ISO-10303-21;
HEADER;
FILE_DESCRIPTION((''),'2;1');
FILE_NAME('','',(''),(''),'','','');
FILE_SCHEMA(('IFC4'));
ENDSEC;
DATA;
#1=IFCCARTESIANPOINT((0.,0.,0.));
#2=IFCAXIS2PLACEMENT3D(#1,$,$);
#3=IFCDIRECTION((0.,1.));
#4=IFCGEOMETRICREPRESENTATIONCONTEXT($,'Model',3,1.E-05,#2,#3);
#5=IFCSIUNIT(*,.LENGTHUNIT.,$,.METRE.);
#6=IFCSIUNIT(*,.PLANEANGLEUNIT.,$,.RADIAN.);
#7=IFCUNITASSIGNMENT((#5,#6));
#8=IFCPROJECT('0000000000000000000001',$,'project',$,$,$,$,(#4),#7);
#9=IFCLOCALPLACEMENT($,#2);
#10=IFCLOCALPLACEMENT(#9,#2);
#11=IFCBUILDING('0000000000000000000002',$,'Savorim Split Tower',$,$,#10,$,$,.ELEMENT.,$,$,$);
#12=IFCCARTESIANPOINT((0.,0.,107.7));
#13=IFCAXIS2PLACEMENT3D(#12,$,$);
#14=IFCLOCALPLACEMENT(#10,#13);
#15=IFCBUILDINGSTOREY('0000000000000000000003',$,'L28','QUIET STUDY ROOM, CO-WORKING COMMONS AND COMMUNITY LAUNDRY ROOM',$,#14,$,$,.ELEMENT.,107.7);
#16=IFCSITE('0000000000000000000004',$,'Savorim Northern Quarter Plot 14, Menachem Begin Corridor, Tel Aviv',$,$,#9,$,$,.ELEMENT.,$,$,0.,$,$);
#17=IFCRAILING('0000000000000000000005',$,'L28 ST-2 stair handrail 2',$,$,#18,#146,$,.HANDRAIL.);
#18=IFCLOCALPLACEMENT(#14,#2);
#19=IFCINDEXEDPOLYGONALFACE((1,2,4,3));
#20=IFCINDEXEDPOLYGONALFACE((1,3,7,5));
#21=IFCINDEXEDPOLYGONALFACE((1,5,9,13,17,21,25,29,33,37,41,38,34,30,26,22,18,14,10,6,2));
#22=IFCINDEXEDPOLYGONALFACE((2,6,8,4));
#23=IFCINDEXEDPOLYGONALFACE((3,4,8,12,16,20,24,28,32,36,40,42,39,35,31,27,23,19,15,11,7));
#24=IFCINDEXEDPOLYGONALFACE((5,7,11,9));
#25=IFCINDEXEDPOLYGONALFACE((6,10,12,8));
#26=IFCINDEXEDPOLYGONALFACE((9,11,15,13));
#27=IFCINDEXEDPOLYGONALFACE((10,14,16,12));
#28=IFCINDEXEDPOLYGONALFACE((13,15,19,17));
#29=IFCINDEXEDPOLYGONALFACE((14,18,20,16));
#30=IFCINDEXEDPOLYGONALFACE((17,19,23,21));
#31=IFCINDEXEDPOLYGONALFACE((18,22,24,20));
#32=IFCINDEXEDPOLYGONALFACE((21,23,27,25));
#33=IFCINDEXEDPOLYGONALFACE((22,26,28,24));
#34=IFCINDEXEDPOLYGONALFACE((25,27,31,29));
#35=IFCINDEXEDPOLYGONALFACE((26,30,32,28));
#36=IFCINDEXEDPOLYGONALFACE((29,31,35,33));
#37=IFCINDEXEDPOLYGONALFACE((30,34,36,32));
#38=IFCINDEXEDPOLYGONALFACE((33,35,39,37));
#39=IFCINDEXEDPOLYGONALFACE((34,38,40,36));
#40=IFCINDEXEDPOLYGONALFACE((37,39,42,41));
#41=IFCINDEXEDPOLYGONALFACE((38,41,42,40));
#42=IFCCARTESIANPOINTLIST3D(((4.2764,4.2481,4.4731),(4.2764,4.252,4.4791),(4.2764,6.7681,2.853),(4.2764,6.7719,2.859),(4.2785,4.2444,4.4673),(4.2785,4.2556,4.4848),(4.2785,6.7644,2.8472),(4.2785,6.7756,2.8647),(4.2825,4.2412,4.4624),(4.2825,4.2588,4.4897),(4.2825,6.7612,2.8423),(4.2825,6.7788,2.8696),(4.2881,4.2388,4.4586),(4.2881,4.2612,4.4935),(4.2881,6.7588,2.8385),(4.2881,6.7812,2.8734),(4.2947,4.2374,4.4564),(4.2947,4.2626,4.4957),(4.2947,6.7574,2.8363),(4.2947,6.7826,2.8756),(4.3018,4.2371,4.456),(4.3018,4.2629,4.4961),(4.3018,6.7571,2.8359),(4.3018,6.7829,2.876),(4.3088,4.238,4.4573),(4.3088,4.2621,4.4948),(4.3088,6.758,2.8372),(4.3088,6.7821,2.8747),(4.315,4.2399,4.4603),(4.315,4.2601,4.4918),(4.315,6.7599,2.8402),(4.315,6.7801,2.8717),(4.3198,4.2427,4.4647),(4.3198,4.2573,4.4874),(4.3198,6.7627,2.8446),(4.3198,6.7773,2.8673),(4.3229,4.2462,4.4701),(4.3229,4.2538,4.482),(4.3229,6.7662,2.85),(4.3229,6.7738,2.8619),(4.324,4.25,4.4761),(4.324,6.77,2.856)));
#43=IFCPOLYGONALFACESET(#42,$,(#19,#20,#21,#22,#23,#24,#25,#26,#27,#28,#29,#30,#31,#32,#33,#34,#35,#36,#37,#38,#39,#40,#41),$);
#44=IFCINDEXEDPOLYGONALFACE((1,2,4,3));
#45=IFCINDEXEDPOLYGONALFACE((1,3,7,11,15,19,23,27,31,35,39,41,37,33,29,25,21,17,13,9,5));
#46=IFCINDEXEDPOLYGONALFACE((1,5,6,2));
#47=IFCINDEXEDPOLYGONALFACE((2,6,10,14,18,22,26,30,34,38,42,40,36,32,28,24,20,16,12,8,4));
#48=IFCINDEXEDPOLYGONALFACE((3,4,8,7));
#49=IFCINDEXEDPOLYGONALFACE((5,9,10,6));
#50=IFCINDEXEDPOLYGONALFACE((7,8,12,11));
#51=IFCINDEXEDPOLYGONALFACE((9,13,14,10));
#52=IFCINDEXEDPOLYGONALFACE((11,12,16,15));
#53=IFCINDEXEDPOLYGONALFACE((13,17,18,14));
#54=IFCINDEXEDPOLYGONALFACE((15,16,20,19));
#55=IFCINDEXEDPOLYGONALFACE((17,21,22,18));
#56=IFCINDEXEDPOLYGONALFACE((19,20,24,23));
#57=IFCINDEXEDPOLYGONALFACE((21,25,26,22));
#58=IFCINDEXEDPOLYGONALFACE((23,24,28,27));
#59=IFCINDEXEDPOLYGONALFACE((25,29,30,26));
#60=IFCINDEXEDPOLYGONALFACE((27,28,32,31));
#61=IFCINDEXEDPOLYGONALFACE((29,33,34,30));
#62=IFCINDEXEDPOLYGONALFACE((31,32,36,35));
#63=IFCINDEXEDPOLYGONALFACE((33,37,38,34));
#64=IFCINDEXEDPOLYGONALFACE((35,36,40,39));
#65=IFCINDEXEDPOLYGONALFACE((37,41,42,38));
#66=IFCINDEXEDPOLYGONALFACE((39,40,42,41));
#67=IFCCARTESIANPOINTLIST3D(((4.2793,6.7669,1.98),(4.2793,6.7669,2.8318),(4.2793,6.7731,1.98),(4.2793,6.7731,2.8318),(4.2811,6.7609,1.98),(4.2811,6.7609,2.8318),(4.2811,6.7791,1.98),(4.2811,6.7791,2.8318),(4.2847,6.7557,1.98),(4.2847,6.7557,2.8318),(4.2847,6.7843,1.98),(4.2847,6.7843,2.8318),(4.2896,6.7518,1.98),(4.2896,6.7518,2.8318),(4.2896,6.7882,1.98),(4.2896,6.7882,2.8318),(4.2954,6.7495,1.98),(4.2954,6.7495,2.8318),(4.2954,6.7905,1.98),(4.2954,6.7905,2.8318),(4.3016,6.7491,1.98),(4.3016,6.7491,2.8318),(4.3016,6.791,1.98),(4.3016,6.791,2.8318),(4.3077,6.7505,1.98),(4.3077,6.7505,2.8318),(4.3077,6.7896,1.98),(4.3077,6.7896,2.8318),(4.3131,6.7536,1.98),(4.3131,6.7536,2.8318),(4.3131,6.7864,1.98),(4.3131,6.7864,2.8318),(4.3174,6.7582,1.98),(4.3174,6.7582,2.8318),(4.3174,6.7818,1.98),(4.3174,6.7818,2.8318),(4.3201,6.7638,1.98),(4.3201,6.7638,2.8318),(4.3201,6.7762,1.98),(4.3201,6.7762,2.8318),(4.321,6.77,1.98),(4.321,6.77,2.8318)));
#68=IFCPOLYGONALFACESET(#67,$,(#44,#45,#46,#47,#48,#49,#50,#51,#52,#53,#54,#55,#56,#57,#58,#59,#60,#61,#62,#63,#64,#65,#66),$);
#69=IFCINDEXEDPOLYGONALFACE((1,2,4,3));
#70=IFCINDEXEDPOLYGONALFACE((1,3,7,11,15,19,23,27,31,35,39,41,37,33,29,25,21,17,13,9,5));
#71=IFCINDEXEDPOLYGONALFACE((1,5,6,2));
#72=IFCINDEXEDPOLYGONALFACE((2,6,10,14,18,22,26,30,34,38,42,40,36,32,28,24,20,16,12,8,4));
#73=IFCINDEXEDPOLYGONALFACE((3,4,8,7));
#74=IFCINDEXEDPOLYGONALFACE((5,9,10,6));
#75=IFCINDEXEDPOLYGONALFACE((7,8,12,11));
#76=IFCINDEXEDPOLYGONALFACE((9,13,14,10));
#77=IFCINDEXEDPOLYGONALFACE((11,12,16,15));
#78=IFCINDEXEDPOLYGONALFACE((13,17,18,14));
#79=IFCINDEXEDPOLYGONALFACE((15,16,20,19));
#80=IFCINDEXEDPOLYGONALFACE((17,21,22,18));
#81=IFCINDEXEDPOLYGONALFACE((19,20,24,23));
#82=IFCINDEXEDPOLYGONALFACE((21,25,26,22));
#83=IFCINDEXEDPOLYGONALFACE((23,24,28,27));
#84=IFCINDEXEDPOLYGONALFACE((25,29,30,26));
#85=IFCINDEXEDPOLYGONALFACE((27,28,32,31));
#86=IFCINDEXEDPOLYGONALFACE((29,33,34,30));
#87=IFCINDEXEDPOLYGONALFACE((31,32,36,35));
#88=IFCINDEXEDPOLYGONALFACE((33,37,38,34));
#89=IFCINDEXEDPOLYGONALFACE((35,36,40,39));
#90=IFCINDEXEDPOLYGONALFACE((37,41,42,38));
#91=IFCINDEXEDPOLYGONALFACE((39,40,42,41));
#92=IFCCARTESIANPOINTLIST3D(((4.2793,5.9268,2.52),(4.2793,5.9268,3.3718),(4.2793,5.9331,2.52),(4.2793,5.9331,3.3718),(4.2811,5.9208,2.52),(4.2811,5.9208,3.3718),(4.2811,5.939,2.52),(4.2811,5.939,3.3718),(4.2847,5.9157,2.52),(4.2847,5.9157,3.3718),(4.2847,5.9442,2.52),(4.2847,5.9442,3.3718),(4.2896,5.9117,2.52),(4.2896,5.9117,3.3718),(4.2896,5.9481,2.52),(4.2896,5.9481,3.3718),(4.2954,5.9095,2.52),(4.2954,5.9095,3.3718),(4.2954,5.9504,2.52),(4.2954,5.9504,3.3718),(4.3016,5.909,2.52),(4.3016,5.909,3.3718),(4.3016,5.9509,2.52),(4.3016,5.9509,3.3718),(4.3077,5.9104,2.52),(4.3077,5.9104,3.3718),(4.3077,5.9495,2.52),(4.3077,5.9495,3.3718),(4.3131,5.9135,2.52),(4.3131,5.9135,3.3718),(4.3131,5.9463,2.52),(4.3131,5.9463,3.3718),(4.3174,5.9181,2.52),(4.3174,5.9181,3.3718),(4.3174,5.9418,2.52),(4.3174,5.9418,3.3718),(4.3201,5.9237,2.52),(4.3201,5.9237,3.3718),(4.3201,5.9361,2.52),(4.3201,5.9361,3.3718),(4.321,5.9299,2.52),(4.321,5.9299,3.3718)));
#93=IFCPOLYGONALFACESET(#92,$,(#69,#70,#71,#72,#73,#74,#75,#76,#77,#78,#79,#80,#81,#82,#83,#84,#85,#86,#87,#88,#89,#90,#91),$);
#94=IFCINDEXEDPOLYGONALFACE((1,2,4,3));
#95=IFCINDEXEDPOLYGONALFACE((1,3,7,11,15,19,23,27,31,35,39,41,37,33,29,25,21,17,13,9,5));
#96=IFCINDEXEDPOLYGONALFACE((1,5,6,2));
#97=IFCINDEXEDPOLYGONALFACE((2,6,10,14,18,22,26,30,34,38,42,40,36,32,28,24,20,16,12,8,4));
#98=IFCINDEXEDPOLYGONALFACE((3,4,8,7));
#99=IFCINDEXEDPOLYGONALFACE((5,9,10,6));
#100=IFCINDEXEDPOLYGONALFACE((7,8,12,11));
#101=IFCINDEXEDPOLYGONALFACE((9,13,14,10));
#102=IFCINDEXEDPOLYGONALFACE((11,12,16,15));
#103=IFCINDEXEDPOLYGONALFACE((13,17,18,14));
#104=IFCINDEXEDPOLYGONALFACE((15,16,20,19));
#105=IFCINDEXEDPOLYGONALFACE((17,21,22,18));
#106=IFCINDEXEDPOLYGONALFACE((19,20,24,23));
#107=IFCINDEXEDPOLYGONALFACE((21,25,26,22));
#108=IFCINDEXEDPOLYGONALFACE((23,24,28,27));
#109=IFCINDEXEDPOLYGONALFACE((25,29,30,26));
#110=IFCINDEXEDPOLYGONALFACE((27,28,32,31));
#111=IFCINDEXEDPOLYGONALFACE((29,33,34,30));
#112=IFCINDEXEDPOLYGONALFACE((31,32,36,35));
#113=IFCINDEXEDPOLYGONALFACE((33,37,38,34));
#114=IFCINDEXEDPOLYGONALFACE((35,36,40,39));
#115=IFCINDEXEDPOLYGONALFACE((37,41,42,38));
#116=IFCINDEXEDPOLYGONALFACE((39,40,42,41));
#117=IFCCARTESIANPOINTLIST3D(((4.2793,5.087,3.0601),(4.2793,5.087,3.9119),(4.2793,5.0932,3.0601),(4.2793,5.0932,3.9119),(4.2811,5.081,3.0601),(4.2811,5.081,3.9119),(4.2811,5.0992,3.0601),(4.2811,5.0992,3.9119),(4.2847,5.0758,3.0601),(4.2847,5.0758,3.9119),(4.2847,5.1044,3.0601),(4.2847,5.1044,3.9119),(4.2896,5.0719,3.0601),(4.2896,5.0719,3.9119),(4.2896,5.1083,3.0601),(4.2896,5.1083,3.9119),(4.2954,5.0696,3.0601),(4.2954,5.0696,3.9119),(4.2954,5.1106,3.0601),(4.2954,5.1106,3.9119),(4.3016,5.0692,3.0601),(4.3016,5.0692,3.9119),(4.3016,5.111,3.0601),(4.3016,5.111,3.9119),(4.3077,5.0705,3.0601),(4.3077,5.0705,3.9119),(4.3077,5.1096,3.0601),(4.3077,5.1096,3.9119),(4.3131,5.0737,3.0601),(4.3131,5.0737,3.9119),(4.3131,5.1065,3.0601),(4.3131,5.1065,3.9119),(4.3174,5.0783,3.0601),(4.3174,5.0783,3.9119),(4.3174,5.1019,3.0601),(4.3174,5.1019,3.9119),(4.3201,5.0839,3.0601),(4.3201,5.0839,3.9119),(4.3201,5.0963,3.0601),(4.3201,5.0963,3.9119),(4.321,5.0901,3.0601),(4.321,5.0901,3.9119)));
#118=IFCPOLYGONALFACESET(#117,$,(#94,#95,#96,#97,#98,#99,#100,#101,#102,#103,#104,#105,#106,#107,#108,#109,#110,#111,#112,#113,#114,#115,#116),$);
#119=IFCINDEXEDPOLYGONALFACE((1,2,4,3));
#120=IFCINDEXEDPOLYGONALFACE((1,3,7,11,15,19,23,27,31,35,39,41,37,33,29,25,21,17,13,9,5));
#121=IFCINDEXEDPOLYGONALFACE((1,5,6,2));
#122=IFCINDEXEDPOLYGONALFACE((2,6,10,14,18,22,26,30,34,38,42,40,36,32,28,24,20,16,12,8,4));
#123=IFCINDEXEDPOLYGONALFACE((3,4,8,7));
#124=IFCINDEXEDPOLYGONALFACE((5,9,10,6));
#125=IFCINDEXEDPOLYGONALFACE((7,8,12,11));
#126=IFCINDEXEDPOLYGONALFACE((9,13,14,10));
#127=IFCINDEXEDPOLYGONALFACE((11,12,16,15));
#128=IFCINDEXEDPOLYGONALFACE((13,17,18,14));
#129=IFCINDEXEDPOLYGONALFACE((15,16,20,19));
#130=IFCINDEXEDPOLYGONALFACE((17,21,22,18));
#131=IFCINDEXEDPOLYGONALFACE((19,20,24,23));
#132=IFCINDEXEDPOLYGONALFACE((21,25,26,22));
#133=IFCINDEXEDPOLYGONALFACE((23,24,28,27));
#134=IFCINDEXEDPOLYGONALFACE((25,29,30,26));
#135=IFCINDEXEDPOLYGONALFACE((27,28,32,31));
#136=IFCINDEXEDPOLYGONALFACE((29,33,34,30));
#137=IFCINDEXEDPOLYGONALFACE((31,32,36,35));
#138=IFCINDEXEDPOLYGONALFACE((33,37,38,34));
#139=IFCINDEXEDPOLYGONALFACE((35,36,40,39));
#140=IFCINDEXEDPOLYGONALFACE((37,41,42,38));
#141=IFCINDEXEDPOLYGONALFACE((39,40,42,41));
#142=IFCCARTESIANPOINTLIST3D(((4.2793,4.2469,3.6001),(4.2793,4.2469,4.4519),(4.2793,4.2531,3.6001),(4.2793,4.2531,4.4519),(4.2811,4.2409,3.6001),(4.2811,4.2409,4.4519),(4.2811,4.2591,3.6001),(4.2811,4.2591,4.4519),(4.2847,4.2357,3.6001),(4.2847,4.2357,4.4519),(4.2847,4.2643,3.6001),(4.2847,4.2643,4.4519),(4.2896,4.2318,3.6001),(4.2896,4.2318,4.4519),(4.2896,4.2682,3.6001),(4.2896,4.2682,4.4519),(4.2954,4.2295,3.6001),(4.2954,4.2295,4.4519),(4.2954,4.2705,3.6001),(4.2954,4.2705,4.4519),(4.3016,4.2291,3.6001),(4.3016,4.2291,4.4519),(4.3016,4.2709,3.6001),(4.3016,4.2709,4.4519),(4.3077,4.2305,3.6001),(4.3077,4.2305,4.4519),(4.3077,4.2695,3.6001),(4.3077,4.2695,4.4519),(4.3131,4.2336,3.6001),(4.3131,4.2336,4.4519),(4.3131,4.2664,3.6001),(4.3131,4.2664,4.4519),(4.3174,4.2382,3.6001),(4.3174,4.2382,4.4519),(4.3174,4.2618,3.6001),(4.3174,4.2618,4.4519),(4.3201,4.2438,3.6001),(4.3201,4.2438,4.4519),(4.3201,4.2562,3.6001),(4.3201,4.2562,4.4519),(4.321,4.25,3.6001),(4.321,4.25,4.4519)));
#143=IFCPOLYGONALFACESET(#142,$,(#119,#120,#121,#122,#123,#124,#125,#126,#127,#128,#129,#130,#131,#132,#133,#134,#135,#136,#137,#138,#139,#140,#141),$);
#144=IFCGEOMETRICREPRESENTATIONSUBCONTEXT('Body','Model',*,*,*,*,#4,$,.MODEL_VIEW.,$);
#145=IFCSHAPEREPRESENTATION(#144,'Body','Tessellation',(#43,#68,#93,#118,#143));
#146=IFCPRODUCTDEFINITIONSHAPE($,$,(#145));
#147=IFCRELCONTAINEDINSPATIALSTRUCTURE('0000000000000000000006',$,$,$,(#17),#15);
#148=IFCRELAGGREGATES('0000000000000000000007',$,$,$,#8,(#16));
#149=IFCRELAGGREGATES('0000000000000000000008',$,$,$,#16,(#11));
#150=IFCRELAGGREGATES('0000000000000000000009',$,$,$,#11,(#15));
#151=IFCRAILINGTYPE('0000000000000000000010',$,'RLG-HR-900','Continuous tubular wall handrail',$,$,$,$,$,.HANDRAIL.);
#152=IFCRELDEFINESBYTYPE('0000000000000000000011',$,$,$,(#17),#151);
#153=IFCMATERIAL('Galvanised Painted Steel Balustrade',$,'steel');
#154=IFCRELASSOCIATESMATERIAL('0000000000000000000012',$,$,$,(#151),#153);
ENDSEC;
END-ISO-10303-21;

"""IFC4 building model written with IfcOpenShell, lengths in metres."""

from ifc_helpers import new_model, si_unit, direction, frame, origin, origin_2d, place, context, subcontext, project, spatial, circle, extrude, material, type_object, element, save


model = new_model("IFC4")

# Units and contexts
model_context = context("Model", 3, precision=1e-05, world=origin(), true_north=direction((0.0, 1.0)))
body_context = subcontext(model_context, "Body", "Model", "MODEL_VIEW")
ifc_project = project(units=[si_unit("LENGTHUNIT", "METRE"), si_unit("PLANEANGLEUNIT", "RADIAN")], contexts=[model_context])

# Site, building, storey
site_placement = place(None, origin())
site = spatial("IfcSite", under=ifc_project, at=site_placement, Name="Savorim Northern Quarter Plot 14, Menachem Begin Corridor, Tel Aviv", CompositionType="ELEMENT", RefElevation=0.0)
building_placement = place(site_placement, origin())
building = spatial("IfcBuilding", under=site, at=building_placement, Name="Savorim Split Tower", CompositionType="ELEMENT")
storey_placement = place(building_placement, frame((0.0, 0.0, 107.7)))
storey = spatial("IfcBuildingStorey", under=building, at=storey_placement, Name="L28", Description="QUIET STUDY ROOM, CO-WORKING COMMONS AND COMMUNITY LAUNDRY ROOM", CompositionType="ELEMENT", Elevation=107.7)

# Railing
ifc_material_1 = material(Name="Galvanised Painted Steel Balustrade", Category="steel")
railing_type_1 = type_object("IfcRailingType", Name="RLG-HR-900", Description="Continuous tubular wall handrail", PredefinedType="HANDRAIL", material=ifc_material_1)
railing_1_placement = place(storey_placement, frame((4.3, 6.77, 1.98)))
element("IfcRailing", 1, at=railing_1_placement, inside=storey, type_object=railing_type_1, Name="L28 ST-2 stair handrail 2", PredefinedType="HANDRAIL", context=body_context, shape_type="SweptSolid", body=[
    extrude(circle(Radius=0.0239, at=origin_2d()), frame((0.0, 0.0, 0.876), z_axis=(0.0, -0.841163, 0.540782), x_axis=(1.0, 0.0, 0.0)), (0.0, 0.0, 1.0), 2.9958),
    extrude(circle(Radius=0.021, at=origin_2d()), origin(), (0.0, 0.0, 1.0), 0.8518),
    extrude(circle(Radius=0.021, at=origin_2d()), frame((0.0, -0.8401, 0.54)), (0.0, 0.0, 1.0), 0.8518),
    extrude(circle(Radius=0.021, at=origin_2d()), frame((0.0, -1.6799, 1.0801)), (0.0, 0.0, 1.0), 0.8518),
    extrude(circle(Radius=0.021, at=origin_2d()), frame((0.0, -2.52, 1.6201)), (0.0, 0.0, 1.0), 0.8518),
])

save(model, "model.ifc")
